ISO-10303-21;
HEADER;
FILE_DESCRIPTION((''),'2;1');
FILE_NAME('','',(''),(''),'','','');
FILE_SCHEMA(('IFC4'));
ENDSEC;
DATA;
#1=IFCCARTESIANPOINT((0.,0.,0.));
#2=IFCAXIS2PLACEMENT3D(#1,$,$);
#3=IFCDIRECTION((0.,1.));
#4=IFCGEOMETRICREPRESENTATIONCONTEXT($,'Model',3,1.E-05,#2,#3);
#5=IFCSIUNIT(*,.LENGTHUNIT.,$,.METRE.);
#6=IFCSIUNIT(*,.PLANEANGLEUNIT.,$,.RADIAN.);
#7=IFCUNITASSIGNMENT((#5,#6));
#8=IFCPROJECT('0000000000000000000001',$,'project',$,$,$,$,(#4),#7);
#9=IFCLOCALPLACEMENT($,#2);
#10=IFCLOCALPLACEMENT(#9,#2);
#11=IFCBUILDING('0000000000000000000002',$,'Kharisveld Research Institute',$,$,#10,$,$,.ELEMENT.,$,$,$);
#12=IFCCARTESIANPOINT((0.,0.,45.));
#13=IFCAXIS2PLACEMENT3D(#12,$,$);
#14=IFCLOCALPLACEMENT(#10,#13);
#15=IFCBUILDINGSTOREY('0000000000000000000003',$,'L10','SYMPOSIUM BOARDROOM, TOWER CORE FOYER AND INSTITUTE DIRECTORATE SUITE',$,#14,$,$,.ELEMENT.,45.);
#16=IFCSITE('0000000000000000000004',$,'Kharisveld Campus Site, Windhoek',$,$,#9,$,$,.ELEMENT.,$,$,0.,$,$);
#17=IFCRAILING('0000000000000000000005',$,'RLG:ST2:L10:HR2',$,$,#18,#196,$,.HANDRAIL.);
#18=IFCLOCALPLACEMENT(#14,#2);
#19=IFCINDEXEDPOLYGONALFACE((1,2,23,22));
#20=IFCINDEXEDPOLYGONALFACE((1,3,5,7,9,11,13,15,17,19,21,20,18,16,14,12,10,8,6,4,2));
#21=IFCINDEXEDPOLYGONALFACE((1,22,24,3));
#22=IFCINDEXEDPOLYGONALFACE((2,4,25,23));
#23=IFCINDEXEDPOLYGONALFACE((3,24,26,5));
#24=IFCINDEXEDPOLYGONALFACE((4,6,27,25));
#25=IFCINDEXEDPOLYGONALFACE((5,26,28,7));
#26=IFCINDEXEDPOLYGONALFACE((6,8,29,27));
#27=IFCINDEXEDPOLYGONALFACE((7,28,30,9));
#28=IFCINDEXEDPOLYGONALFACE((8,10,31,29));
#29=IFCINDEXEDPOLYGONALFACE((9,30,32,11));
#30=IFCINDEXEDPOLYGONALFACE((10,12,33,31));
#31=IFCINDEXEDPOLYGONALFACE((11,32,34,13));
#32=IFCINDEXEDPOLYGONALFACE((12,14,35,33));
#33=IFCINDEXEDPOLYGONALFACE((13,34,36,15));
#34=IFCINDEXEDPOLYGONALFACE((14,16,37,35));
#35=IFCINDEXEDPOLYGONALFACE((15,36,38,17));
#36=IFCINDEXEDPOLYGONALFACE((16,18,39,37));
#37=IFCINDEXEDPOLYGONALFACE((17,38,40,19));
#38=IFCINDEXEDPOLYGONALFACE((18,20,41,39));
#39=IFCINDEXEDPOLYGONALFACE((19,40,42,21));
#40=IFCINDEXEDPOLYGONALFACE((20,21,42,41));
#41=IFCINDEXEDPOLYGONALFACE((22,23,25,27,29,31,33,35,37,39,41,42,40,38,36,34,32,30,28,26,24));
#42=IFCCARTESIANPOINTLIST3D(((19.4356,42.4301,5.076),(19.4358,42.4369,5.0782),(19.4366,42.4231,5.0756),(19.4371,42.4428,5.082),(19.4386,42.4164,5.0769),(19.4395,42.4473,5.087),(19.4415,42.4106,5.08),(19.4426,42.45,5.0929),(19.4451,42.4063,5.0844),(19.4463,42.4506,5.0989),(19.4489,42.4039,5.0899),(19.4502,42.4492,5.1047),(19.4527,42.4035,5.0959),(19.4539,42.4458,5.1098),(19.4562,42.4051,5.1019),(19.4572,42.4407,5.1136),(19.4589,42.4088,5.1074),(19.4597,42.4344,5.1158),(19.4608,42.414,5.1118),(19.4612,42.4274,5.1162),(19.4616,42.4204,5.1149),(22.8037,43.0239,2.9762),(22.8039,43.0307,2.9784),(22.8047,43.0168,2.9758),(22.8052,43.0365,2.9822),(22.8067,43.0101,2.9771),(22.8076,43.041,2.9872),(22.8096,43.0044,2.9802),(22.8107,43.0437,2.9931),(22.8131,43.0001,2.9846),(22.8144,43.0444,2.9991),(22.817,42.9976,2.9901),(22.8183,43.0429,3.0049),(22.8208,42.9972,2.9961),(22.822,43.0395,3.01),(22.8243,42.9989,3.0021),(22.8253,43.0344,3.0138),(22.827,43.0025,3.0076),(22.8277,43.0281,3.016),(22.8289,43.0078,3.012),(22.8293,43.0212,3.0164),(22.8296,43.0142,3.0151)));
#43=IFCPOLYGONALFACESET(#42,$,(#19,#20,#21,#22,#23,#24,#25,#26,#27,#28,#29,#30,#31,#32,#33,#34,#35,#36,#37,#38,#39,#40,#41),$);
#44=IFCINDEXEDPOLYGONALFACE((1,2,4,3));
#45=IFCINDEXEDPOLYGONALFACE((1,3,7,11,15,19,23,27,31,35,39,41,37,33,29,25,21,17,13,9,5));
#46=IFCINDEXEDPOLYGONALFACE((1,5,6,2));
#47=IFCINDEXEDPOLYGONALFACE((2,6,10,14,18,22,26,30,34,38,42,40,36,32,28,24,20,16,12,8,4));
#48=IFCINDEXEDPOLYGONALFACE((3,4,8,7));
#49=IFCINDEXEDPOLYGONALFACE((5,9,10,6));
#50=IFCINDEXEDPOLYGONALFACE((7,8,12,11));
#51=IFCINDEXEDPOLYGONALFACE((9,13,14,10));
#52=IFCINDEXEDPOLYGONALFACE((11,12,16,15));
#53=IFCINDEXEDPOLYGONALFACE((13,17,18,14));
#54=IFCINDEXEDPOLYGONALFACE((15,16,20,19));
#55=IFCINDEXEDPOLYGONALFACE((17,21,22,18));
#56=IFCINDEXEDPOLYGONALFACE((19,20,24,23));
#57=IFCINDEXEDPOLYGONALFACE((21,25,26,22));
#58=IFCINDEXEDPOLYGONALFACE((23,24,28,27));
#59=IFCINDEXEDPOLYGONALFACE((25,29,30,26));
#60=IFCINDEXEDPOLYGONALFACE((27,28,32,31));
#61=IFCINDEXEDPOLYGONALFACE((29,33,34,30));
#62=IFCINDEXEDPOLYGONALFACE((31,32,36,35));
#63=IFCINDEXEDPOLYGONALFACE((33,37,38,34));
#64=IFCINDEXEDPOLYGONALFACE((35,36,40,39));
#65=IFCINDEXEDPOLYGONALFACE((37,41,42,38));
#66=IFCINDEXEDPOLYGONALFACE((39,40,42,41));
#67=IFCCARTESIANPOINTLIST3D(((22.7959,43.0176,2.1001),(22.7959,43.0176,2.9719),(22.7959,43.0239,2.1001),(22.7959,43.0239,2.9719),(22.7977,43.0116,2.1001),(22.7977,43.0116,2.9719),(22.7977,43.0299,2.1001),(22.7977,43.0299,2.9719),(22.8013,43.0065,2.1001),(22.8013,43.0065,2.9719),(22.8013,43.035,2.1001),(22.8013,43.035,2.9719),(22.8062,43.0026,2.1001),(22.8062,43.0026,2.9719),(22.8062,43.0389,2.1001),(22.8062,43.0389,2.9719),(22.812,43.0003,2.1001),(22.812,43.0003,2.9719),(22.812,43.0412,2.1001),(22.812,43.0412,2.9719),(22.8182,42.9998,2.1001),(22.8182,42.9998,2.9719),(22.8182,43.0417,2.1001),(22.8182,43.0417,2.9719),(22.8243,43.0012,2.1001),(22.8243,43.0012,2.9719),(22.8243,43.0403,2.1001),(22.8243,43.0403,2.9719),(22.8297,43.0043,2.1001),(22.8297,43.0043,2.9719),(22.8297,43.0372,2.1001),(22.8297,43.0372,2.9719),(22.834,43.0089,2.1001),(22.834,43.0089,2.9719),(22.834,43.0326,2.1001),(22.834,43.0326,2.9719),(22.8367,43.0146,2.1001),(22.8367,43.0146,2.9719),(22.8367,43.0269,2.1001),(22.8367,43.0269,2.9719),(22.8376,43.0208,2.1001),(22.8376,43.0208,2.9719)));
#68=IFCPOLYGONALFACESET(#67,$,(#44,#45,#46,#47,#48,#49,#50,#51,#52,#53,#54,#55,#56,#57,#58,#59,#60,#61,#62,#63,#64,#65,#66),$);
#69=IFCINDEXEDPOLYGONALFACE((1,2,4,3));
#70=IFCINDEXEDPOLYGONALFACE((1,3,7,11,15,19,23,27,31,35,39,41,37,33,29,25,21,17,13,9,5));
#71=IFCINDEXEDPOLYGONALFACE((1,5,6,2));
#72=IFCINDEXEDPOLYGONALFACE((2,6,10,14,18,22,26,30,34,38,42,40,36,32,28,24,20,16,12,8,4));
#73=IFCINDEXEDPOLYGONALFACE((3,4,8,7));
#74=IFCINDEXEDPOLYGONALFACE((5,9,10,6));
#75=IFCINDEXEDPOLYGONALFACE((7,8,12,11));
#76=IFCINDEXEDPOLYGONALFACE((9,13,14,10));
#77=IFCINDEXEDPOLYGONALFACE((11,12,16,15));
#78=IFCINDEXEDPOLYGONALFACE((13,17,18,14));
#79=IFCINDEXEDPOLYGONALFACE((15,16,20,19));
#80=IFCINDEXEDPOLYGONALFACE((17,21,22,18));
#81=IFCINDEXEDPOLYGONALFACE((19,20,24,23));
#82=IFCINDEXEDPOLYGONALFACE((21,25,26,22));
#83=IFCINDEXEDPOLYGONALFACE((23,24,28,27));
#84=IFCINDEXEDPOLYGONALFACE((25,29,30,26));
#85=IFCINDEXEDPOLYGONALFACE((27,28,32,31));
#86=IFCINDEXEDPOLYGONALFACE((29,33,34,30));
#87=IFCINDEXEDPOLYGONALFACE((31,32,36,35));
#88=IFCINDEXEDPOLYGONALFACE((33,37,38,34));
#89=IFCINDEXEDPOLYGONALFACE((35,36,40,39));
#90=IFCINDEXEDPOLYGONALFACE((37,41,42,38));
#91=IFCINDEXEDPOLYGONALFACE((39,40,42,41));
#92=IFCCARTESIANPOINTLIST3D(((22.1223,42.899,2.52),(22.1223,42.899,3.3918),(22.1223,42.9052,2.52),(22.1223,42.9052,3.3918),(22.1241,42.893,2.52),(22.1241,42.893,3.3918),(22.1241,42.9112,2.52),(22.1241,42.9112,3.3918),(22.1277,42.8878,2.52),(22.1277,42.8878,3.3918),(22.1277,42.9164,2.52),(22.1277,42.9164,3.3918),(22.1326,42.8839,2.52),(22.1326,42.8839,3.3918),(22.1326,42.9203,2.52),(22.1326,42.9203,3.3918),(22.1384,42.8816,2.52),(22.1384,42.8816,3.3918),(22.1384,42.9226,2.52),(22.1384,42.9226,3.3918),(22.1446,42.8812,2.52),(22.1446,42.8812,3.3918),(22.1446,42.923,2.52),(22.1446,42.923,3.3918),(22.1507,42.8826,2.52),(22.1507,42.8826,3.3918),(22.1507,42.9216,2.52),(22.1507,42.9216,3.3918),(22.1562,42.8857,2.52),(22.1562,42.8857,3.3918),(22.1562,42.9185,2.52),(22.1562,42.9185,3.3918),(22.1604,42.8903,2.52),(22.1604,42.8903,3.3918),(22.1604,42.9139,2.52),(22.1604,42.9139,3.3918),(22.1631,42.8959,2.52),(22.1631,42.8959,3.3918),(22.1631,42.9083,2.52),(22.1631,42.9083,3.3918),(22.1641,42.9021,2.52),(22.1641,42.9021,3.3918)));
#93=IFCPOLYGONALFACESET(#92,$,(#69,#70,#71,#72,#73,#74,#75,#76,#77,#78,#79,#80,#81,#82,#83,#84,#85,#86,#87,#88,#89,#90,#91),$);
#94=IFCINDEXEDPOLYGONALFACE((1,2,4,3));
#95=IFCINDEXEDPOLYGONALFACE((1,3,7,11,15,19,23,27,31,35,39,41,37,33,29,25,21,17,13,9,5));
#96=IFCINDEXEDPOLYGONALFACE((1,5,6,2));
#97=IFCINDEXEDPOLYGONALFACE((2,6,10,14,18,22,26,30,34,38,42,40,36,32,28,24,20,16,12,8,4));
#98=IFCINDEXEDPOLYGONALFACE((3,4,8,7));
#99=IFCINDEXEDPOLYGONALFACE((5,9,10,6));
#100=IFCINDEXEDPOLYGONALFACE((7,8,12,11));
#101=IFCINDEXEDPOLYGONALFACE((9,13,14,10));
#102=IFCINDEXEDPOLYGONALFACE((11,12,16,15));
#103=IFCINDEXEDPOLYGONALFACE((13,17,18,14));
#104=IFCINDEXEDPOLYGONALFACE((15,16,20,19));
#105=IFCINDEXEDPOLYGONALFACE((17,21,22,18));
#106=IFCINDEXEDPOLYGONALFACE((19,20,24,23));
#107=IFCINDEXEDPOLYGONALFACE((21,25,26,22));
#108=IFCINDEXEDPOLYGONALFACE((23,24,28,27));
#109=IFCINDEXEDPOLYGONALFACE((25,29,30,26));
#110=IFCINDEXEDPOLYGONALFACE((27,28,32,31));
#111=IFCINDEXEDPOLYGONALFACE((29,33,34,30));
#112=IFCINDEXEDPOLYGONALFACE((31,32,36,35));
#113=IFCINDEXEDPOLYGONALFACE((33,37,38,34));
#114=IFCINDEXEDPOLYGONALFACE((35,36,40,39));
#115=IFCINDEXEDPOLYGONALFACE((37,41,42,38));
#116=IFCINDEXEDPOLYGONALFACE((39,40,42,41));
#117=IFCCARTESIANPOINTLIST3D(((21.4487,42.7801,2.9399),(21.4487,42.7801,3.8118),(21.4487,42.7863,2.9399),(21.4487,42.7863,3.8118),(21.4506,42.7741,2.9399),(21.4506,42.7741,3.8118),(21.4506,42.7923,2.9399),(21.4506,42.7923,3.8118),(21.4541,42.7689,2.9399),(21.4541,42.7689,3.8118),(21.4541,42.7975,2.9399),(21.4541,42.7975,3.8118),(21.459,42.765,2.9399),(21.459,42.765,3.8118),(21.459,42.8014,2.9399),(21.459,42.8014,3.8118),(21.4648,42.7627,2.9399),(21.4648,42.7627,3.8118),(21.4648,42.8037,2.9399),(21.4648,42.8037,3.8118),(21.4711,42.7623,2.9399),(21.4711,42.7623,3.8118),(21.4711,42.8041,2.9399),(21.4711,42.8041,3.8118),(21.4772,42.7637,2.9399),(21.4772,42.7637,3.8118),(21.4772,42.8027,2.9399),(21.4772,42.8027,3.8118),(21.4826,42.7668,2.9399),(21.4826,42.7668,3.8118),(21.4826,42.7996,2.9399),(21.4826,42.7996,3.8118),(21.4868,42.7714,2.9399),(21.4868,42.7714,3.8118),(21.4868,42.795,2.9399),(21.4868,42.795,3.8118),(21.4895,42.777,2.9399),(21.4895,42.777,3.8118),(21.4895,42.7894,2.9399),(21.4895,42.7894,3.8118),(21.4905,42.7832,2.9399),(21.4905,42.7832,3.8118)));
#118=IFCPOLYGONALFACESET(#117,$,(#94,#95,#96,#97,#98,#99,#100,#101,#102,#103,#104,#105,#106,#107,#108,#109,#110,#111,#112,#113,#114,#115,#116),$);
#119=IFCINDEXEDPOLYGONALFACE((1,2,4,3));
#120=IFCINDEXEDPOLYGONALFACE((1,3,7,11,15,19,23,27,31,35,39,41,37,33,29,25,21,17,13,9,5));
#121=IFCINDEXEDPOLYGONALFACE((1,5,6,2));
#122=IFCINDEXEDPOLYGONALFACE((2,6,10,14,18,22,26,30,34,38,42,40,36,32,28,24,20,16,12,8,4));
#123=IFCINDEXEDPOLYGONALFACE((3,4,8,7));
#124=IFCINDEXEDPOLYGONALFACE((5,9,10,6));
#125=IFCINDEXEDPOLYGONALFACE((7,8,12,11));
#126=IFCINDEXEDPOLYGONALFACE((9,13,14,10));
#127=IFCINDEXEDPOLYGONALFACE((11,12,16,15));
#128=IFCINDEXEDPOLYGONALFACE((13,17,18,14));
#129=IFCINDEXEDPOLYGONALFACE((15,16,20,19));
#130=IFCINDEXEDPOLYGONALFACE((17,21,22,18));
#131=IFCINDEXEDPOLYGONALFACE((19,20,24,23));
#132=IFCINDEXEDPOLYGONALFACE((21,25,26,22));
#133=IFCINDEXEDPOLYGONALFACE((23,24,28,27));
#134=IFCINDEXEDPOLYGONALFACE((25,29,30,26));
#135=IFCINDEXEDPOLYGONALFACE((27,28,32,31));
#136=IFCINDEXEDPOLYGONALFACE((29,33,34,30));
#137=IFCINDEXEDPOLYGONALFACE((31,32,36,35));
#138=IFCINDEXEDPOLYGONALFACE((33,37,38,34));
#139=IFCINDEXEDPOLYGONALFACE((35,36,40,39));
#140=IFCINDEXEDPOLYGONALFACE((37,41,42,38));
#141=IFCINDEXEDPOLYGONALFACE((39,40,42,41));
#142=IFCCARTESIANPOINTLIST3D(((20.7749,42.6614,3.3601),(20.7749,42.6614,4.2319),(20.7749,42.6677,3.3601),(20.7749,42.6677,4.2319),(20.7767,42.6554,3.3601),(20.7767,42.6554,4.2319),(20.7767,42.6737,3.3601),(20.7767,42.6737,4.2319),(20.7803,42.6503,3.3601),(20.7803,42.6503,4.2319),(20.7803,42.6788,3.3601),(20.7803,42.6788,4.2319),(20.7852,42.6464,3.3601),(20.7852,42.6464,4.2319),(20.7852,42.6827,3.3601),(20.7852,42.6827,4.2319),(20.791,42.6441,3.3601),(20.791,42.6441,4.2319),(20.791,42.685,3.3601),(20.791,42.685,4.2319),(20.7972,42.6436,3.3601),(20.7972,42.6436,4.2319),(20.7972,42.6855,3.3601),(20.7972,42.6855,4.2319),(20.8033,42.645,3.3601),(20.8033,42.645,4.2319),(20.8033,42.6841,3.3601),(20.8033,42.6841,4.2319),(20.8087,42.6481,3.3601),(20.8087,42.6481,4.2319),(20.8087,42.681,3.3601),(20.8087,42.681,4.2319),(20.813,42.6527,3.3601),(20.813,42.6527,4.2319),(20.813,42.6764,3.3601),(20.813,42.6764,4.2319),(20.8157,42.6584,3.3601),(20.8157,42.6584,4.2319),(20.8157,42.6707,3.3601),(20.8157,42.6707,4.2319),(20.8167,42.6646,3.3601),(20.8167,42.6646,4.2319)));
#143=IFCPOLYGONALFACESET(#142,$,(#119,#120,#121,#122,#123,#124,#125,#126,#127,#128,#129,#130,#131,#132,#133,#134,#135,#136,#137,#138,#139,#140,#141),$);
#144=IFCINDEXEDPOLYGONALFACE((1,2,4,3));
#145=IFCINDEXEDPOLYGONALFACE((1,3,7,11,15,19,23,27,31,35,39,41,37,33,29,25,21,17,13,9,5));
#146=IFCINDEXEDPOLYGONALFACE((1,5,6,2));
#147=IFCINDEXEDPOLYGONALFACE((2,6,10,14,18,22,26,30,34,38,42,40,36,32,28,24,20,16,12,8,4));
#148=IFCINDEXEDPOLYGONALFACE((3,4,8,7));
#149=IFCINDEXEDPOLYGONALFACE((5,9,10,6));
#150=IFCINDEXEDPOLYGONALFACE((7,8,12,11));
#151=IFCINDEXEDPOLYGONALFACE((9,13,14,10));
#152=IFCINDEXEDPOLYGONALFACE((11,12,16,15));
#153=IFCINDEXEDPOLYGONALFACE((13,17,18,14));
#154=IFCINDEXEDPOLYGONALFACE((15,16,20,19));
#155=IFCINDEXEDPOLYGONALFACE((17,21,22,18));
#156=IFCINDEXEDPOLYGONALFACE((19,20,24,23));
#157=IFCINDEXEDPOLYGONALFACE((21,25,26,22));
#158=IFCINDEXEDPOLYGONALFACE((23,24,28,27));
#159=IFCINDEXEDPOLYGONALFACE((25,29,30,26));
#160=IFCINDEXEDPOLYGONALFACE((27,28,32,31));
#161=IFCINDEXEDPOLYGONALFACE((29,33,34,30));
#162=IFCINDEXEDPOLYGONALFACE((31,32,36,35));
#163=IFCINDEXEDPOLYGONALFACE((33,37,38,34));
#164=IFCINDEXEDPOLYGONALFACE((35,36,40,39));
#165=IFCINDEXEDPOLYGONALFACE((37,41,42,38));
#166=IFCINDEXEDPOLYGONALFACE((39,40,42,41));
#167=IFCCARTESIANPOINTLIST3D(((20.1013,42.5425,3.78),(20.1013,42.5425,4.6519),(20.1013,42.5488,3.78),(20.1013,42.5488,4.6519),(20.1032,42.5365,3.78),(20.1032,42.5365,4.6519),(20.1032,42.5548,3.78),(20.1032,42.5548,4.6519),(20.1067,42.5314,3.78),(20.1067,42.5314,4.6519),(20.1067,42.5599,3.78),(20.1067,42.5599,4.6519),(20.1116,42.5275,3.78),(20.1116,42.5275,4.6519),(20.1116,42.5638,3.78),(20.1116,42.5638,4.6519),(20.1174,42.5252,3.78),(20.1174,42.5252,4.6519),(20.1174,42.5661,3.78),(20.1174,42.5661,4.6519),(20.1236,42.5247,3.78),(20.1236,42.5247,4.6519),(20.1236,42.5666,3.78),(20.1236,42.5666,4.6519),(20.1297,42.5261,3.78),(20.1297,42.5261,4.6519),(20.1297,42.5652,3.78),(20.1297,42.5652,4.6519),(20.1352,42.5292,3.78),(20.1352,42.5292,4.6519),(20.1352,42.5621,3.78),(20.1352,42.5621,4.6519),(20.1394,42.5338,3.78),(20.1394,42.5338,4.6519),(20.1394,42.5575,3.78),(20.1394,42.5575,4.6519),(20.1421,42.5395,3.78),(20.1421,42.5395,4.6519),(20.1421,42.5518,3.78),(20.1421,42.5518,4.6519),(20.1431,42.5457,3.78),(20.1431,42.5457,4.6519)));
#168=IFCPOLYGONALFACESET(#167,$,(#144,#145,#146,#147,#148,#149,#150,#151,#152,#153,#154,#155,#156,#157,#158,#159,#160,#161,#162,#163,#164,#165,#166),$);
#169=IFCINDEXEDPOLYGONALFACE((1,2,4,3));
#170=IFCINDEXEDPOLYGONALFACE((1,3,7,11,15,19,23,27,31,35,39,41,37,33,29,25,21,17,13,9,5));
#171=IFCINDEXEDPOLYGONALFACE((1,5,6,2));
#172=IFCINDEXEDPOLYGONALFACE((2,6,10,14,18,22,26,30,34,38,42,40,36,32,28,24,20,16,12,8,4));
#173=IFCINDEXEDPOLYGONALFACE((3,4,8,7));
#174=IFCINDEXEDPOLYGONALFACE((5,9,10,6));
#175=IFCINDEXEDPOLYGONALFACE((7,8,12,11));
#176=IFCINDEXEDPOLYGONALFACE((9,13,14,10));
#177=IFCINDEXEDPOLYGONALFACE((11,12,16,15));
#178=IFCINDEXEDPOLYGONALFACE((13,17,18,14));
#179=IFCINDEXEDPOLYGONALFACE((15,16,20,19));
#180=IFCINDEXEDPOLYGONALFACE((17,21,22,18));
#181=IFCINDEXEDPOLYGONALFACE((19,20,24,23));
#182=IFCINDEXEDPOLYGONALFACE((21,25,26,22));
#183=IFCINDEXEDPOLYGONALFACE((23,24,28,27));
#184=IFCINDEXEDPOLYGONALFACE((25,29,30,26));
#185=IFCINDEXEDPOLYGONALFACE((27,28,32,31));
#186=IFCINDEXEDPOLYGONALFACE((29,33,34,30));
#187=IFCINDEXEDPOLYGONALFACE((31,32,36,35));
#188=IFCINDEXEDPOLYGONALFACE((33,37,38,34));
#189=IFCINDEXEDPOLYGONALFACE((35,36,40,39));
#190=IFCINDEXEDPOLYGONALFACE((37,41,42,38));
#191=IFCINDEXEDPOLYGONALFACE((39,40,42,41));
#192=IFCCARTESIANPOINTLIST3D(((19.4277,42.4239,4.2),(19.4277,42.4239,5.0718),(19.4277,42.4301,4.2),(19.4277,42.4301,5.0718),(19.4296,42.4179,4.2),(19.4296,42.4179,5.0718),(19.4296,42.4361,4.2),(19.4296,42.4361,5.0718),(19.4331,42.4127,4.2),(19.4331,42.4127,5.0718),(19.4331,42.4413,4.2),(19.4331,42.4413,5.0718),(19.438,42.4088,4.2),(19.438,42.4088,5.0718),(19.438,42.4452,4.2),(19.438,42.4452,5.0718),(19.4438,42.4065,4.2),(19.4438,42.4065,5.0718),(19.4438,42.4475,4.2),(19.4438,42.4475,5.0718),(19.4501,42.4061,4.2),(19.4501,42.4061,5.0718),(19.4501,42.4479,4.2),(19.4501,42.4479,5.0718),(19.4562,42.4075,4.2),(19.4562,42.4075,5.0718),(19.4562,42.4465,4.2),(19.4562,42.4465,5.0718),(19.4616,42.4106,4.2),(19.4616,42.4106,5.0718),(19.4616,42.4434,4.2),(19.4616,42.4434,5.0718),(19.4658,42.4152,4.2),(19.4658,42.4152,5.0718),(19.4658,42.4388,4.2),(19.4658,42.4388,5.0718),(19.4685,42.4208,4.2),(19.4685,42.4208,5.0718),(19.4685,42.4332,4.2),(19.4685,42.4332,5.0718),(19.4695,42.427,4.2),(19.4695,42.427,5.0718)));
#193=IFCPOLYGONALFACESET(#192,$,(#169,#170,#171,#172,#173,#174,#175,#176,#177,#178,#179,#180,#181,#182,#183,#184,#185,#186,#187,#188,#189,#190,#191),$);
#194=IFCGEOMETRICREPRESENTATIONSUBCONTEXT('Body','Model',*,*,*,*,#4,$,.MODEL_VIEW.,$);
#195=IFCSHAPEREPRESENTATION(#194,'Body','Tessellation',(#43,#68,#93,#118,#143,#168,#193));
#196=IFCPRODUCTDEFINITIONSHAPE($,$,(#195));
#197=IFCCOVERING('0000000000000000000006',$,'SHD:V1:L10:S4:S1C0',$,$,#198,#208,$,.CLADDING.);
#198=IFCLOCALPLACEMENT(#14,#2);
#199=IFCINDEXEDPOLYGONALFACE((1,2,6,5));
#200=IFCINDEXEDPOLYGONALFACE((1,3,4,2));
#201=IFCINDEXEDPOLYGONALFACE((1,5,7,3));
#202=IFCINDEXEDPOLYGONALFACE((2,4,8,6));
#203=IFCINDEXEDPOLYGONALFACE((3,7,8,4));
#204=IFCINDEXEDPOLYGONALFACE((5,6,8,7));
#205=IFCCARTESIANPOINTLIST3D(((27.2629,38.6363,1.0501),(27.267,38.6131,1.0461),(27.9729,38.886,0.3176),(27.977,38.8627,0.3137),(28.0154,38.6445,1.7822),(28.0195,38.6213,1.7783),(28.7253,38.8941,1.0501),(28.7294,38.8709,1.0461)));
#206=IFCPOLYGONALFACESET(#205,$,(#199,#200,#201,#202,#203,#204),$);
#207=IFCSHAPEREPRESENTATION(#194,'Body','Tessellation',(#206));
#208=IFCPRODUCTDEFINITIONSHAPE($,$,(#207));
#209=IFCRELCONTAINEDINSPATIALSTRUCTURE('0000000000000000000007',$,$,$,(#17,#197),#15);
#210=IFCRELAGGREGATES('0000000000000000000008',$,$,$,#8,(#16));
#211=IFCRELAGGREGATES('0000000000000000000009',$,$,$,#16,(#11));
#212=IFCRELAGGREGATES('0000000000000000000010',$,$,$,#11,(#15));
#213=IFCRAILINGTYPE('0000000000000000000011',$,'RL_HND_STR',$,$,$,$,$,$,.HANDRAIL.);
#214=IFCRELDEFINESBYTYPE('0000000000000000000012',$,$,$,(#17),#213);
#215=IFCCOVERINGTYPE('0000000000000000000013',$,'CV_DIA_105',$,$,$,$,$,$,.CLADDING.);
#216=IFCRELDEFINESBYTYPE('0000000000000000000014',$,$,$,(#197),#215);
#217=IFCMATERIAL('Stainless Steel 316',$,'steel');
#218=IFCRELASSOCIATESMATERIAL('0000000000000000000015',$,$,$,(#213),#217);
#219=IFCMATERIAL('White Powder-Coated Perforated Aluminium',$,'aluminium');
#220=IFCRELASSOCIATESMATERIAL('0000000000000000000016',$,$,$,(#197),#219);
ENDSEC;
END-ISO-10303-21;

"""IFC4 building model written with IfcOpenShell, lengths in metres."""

from ifc_helpers import new_model, si_unit, direction, frame, origin, origin_2d, place, context, subcontext, project, spatial, polyline, circle, outline, extrude, material, type_object, element, save


model = new_model("IFC4")

# Units and contexts
model_context = context("Model", 3, precision=1e-05, world=origin(), true_north=direction((0.0, 1.0)))
body_context = subcontext(model_context, "Body", "Model", "MODEL_VIEW")
ifc_project = project(units=[si_unit("LENGTHUNIT", "METRE"), si_unit("PLANEANGLEUNIT", "RADIAN")], contexts=[model_context])

# Site, building, storey
site_placement = place(None, origin())
site = spatial("IfcSite", under=ifc_project, at=site_placement, Name="Kharisveld Campus Site, Windhoek", CompositionType="ELEMENT", RefElevation=0.0)
building_placement = place(site_placement, origin())
building = spatial("IfcBuilding", under=site, at=building_placement, Name="Kharisveld Research Institute", CompositionType="ELEMENT")
storey_placement = place(building_placement, frame((0.0, 0.0, 45.0)))
storey = spatial("IfcBuildingStorey", under=building, at=storey_placement, Name="L10", Description="SYMPOSIUM BOARDROOM, TOWER CORE FOYER AND INSTITUTE DIRECTORATE SUITE", CompositionType="ELEMENT", Elevation=45.0)

# Railing
ifc_material_1 = material(Name="Stainless Steel 316", Category="steel")
railing_type = type_object("IfcRailingType", Name="RL_HND_STR", PredefinedType="HANDRAIL", material=ifc_material_1)
railing_1_placement = place(storey_placement, frame((22.8167, 43.0208, 2.1001)))
element("IfcRailing", 1, at=railing_1_placement, inside=storey, type_object=railing_type, Name="RLG:ST2:L10:HR2", PredefinedType="HANDRAIL", context=body_context, shape_type="SweptSolid", body=[
    extrude(circle(Radius=0.0239, at=origin_2d()), frame((0.0, 0.0, 0.896), z_axis=(-0.839254, -0.147946, 0.523226), x_axis=(0.173606, -0.984815, 0.0)), (0.0, 0.0, 1.0), 4.0132),
    extrude(circle(Radius=0.021, at=origin_2d()), origin(), (0.0, 0.0, 1.0), 0.8718),
    extrude(circle(Radius=0.021, at=origin_2d()), frame((-0.6736, -0.1187, 0.4199)), (0.0, 0.0, 1.0), 0.8718),
    extrude(circle(Radius=0.021, at=origin_2d()), frame((-1.3472, -0.2375, 0.8398)), (0.0, 0.0, 1.0), 0.8718),
    extrude(circle(Radius=0.021, at=origin_2d()), frame((-2.021, -0.3562, 1.26)), (0.0, 0.0, 1.0), 0.8718),
    extrude(circle(Radius=0.021, at=origin_2d()), frame((-2.6946, -0.4751, 1.6799)), (0.0, 0.0, 1.0), 0.8718),
    extrude(circle(Radius=0.021, at=origin_2d()), frame((-3.3682, -0.5938, 2.0999)), (0.0, 0.0, 1.0), 0.8718),
])

# Covering
ifc_material_2 = material(Name="White Powder-Coated Perforated Aluminium", Category="aluminium")
covering_type = type_object("IfcCoveringType", Name="CV_DIA_105", PredefinedType="CLADDING")
covering_placement = place(storey_placement, frame((27.9729, 38.886, 0.3176), z_axis=(-0.171234, 0.971299, 0.165096), x_axis=(-0.676058, -0.237732, 0.697445)))
element("IfcCovering", 2, at=covering_placement, inside=storey, type_object=covering_type, material=ifc_material_2, Name="SHD:V1:L10:S4:S1C0", PredefinedType="CLADDING", context=body_context, shape_type="SweptSolid", body=[
    extrude(outline(polyline([(0.0, 0.0), (1.0502, 0.0), (1.0502, 1.0499), (0.0002, 1.0501), (0.0, 0.0)])), origin(), (0.0, 0.0, -1.0), 0.0239),
])

save(model, "model.ifc")
